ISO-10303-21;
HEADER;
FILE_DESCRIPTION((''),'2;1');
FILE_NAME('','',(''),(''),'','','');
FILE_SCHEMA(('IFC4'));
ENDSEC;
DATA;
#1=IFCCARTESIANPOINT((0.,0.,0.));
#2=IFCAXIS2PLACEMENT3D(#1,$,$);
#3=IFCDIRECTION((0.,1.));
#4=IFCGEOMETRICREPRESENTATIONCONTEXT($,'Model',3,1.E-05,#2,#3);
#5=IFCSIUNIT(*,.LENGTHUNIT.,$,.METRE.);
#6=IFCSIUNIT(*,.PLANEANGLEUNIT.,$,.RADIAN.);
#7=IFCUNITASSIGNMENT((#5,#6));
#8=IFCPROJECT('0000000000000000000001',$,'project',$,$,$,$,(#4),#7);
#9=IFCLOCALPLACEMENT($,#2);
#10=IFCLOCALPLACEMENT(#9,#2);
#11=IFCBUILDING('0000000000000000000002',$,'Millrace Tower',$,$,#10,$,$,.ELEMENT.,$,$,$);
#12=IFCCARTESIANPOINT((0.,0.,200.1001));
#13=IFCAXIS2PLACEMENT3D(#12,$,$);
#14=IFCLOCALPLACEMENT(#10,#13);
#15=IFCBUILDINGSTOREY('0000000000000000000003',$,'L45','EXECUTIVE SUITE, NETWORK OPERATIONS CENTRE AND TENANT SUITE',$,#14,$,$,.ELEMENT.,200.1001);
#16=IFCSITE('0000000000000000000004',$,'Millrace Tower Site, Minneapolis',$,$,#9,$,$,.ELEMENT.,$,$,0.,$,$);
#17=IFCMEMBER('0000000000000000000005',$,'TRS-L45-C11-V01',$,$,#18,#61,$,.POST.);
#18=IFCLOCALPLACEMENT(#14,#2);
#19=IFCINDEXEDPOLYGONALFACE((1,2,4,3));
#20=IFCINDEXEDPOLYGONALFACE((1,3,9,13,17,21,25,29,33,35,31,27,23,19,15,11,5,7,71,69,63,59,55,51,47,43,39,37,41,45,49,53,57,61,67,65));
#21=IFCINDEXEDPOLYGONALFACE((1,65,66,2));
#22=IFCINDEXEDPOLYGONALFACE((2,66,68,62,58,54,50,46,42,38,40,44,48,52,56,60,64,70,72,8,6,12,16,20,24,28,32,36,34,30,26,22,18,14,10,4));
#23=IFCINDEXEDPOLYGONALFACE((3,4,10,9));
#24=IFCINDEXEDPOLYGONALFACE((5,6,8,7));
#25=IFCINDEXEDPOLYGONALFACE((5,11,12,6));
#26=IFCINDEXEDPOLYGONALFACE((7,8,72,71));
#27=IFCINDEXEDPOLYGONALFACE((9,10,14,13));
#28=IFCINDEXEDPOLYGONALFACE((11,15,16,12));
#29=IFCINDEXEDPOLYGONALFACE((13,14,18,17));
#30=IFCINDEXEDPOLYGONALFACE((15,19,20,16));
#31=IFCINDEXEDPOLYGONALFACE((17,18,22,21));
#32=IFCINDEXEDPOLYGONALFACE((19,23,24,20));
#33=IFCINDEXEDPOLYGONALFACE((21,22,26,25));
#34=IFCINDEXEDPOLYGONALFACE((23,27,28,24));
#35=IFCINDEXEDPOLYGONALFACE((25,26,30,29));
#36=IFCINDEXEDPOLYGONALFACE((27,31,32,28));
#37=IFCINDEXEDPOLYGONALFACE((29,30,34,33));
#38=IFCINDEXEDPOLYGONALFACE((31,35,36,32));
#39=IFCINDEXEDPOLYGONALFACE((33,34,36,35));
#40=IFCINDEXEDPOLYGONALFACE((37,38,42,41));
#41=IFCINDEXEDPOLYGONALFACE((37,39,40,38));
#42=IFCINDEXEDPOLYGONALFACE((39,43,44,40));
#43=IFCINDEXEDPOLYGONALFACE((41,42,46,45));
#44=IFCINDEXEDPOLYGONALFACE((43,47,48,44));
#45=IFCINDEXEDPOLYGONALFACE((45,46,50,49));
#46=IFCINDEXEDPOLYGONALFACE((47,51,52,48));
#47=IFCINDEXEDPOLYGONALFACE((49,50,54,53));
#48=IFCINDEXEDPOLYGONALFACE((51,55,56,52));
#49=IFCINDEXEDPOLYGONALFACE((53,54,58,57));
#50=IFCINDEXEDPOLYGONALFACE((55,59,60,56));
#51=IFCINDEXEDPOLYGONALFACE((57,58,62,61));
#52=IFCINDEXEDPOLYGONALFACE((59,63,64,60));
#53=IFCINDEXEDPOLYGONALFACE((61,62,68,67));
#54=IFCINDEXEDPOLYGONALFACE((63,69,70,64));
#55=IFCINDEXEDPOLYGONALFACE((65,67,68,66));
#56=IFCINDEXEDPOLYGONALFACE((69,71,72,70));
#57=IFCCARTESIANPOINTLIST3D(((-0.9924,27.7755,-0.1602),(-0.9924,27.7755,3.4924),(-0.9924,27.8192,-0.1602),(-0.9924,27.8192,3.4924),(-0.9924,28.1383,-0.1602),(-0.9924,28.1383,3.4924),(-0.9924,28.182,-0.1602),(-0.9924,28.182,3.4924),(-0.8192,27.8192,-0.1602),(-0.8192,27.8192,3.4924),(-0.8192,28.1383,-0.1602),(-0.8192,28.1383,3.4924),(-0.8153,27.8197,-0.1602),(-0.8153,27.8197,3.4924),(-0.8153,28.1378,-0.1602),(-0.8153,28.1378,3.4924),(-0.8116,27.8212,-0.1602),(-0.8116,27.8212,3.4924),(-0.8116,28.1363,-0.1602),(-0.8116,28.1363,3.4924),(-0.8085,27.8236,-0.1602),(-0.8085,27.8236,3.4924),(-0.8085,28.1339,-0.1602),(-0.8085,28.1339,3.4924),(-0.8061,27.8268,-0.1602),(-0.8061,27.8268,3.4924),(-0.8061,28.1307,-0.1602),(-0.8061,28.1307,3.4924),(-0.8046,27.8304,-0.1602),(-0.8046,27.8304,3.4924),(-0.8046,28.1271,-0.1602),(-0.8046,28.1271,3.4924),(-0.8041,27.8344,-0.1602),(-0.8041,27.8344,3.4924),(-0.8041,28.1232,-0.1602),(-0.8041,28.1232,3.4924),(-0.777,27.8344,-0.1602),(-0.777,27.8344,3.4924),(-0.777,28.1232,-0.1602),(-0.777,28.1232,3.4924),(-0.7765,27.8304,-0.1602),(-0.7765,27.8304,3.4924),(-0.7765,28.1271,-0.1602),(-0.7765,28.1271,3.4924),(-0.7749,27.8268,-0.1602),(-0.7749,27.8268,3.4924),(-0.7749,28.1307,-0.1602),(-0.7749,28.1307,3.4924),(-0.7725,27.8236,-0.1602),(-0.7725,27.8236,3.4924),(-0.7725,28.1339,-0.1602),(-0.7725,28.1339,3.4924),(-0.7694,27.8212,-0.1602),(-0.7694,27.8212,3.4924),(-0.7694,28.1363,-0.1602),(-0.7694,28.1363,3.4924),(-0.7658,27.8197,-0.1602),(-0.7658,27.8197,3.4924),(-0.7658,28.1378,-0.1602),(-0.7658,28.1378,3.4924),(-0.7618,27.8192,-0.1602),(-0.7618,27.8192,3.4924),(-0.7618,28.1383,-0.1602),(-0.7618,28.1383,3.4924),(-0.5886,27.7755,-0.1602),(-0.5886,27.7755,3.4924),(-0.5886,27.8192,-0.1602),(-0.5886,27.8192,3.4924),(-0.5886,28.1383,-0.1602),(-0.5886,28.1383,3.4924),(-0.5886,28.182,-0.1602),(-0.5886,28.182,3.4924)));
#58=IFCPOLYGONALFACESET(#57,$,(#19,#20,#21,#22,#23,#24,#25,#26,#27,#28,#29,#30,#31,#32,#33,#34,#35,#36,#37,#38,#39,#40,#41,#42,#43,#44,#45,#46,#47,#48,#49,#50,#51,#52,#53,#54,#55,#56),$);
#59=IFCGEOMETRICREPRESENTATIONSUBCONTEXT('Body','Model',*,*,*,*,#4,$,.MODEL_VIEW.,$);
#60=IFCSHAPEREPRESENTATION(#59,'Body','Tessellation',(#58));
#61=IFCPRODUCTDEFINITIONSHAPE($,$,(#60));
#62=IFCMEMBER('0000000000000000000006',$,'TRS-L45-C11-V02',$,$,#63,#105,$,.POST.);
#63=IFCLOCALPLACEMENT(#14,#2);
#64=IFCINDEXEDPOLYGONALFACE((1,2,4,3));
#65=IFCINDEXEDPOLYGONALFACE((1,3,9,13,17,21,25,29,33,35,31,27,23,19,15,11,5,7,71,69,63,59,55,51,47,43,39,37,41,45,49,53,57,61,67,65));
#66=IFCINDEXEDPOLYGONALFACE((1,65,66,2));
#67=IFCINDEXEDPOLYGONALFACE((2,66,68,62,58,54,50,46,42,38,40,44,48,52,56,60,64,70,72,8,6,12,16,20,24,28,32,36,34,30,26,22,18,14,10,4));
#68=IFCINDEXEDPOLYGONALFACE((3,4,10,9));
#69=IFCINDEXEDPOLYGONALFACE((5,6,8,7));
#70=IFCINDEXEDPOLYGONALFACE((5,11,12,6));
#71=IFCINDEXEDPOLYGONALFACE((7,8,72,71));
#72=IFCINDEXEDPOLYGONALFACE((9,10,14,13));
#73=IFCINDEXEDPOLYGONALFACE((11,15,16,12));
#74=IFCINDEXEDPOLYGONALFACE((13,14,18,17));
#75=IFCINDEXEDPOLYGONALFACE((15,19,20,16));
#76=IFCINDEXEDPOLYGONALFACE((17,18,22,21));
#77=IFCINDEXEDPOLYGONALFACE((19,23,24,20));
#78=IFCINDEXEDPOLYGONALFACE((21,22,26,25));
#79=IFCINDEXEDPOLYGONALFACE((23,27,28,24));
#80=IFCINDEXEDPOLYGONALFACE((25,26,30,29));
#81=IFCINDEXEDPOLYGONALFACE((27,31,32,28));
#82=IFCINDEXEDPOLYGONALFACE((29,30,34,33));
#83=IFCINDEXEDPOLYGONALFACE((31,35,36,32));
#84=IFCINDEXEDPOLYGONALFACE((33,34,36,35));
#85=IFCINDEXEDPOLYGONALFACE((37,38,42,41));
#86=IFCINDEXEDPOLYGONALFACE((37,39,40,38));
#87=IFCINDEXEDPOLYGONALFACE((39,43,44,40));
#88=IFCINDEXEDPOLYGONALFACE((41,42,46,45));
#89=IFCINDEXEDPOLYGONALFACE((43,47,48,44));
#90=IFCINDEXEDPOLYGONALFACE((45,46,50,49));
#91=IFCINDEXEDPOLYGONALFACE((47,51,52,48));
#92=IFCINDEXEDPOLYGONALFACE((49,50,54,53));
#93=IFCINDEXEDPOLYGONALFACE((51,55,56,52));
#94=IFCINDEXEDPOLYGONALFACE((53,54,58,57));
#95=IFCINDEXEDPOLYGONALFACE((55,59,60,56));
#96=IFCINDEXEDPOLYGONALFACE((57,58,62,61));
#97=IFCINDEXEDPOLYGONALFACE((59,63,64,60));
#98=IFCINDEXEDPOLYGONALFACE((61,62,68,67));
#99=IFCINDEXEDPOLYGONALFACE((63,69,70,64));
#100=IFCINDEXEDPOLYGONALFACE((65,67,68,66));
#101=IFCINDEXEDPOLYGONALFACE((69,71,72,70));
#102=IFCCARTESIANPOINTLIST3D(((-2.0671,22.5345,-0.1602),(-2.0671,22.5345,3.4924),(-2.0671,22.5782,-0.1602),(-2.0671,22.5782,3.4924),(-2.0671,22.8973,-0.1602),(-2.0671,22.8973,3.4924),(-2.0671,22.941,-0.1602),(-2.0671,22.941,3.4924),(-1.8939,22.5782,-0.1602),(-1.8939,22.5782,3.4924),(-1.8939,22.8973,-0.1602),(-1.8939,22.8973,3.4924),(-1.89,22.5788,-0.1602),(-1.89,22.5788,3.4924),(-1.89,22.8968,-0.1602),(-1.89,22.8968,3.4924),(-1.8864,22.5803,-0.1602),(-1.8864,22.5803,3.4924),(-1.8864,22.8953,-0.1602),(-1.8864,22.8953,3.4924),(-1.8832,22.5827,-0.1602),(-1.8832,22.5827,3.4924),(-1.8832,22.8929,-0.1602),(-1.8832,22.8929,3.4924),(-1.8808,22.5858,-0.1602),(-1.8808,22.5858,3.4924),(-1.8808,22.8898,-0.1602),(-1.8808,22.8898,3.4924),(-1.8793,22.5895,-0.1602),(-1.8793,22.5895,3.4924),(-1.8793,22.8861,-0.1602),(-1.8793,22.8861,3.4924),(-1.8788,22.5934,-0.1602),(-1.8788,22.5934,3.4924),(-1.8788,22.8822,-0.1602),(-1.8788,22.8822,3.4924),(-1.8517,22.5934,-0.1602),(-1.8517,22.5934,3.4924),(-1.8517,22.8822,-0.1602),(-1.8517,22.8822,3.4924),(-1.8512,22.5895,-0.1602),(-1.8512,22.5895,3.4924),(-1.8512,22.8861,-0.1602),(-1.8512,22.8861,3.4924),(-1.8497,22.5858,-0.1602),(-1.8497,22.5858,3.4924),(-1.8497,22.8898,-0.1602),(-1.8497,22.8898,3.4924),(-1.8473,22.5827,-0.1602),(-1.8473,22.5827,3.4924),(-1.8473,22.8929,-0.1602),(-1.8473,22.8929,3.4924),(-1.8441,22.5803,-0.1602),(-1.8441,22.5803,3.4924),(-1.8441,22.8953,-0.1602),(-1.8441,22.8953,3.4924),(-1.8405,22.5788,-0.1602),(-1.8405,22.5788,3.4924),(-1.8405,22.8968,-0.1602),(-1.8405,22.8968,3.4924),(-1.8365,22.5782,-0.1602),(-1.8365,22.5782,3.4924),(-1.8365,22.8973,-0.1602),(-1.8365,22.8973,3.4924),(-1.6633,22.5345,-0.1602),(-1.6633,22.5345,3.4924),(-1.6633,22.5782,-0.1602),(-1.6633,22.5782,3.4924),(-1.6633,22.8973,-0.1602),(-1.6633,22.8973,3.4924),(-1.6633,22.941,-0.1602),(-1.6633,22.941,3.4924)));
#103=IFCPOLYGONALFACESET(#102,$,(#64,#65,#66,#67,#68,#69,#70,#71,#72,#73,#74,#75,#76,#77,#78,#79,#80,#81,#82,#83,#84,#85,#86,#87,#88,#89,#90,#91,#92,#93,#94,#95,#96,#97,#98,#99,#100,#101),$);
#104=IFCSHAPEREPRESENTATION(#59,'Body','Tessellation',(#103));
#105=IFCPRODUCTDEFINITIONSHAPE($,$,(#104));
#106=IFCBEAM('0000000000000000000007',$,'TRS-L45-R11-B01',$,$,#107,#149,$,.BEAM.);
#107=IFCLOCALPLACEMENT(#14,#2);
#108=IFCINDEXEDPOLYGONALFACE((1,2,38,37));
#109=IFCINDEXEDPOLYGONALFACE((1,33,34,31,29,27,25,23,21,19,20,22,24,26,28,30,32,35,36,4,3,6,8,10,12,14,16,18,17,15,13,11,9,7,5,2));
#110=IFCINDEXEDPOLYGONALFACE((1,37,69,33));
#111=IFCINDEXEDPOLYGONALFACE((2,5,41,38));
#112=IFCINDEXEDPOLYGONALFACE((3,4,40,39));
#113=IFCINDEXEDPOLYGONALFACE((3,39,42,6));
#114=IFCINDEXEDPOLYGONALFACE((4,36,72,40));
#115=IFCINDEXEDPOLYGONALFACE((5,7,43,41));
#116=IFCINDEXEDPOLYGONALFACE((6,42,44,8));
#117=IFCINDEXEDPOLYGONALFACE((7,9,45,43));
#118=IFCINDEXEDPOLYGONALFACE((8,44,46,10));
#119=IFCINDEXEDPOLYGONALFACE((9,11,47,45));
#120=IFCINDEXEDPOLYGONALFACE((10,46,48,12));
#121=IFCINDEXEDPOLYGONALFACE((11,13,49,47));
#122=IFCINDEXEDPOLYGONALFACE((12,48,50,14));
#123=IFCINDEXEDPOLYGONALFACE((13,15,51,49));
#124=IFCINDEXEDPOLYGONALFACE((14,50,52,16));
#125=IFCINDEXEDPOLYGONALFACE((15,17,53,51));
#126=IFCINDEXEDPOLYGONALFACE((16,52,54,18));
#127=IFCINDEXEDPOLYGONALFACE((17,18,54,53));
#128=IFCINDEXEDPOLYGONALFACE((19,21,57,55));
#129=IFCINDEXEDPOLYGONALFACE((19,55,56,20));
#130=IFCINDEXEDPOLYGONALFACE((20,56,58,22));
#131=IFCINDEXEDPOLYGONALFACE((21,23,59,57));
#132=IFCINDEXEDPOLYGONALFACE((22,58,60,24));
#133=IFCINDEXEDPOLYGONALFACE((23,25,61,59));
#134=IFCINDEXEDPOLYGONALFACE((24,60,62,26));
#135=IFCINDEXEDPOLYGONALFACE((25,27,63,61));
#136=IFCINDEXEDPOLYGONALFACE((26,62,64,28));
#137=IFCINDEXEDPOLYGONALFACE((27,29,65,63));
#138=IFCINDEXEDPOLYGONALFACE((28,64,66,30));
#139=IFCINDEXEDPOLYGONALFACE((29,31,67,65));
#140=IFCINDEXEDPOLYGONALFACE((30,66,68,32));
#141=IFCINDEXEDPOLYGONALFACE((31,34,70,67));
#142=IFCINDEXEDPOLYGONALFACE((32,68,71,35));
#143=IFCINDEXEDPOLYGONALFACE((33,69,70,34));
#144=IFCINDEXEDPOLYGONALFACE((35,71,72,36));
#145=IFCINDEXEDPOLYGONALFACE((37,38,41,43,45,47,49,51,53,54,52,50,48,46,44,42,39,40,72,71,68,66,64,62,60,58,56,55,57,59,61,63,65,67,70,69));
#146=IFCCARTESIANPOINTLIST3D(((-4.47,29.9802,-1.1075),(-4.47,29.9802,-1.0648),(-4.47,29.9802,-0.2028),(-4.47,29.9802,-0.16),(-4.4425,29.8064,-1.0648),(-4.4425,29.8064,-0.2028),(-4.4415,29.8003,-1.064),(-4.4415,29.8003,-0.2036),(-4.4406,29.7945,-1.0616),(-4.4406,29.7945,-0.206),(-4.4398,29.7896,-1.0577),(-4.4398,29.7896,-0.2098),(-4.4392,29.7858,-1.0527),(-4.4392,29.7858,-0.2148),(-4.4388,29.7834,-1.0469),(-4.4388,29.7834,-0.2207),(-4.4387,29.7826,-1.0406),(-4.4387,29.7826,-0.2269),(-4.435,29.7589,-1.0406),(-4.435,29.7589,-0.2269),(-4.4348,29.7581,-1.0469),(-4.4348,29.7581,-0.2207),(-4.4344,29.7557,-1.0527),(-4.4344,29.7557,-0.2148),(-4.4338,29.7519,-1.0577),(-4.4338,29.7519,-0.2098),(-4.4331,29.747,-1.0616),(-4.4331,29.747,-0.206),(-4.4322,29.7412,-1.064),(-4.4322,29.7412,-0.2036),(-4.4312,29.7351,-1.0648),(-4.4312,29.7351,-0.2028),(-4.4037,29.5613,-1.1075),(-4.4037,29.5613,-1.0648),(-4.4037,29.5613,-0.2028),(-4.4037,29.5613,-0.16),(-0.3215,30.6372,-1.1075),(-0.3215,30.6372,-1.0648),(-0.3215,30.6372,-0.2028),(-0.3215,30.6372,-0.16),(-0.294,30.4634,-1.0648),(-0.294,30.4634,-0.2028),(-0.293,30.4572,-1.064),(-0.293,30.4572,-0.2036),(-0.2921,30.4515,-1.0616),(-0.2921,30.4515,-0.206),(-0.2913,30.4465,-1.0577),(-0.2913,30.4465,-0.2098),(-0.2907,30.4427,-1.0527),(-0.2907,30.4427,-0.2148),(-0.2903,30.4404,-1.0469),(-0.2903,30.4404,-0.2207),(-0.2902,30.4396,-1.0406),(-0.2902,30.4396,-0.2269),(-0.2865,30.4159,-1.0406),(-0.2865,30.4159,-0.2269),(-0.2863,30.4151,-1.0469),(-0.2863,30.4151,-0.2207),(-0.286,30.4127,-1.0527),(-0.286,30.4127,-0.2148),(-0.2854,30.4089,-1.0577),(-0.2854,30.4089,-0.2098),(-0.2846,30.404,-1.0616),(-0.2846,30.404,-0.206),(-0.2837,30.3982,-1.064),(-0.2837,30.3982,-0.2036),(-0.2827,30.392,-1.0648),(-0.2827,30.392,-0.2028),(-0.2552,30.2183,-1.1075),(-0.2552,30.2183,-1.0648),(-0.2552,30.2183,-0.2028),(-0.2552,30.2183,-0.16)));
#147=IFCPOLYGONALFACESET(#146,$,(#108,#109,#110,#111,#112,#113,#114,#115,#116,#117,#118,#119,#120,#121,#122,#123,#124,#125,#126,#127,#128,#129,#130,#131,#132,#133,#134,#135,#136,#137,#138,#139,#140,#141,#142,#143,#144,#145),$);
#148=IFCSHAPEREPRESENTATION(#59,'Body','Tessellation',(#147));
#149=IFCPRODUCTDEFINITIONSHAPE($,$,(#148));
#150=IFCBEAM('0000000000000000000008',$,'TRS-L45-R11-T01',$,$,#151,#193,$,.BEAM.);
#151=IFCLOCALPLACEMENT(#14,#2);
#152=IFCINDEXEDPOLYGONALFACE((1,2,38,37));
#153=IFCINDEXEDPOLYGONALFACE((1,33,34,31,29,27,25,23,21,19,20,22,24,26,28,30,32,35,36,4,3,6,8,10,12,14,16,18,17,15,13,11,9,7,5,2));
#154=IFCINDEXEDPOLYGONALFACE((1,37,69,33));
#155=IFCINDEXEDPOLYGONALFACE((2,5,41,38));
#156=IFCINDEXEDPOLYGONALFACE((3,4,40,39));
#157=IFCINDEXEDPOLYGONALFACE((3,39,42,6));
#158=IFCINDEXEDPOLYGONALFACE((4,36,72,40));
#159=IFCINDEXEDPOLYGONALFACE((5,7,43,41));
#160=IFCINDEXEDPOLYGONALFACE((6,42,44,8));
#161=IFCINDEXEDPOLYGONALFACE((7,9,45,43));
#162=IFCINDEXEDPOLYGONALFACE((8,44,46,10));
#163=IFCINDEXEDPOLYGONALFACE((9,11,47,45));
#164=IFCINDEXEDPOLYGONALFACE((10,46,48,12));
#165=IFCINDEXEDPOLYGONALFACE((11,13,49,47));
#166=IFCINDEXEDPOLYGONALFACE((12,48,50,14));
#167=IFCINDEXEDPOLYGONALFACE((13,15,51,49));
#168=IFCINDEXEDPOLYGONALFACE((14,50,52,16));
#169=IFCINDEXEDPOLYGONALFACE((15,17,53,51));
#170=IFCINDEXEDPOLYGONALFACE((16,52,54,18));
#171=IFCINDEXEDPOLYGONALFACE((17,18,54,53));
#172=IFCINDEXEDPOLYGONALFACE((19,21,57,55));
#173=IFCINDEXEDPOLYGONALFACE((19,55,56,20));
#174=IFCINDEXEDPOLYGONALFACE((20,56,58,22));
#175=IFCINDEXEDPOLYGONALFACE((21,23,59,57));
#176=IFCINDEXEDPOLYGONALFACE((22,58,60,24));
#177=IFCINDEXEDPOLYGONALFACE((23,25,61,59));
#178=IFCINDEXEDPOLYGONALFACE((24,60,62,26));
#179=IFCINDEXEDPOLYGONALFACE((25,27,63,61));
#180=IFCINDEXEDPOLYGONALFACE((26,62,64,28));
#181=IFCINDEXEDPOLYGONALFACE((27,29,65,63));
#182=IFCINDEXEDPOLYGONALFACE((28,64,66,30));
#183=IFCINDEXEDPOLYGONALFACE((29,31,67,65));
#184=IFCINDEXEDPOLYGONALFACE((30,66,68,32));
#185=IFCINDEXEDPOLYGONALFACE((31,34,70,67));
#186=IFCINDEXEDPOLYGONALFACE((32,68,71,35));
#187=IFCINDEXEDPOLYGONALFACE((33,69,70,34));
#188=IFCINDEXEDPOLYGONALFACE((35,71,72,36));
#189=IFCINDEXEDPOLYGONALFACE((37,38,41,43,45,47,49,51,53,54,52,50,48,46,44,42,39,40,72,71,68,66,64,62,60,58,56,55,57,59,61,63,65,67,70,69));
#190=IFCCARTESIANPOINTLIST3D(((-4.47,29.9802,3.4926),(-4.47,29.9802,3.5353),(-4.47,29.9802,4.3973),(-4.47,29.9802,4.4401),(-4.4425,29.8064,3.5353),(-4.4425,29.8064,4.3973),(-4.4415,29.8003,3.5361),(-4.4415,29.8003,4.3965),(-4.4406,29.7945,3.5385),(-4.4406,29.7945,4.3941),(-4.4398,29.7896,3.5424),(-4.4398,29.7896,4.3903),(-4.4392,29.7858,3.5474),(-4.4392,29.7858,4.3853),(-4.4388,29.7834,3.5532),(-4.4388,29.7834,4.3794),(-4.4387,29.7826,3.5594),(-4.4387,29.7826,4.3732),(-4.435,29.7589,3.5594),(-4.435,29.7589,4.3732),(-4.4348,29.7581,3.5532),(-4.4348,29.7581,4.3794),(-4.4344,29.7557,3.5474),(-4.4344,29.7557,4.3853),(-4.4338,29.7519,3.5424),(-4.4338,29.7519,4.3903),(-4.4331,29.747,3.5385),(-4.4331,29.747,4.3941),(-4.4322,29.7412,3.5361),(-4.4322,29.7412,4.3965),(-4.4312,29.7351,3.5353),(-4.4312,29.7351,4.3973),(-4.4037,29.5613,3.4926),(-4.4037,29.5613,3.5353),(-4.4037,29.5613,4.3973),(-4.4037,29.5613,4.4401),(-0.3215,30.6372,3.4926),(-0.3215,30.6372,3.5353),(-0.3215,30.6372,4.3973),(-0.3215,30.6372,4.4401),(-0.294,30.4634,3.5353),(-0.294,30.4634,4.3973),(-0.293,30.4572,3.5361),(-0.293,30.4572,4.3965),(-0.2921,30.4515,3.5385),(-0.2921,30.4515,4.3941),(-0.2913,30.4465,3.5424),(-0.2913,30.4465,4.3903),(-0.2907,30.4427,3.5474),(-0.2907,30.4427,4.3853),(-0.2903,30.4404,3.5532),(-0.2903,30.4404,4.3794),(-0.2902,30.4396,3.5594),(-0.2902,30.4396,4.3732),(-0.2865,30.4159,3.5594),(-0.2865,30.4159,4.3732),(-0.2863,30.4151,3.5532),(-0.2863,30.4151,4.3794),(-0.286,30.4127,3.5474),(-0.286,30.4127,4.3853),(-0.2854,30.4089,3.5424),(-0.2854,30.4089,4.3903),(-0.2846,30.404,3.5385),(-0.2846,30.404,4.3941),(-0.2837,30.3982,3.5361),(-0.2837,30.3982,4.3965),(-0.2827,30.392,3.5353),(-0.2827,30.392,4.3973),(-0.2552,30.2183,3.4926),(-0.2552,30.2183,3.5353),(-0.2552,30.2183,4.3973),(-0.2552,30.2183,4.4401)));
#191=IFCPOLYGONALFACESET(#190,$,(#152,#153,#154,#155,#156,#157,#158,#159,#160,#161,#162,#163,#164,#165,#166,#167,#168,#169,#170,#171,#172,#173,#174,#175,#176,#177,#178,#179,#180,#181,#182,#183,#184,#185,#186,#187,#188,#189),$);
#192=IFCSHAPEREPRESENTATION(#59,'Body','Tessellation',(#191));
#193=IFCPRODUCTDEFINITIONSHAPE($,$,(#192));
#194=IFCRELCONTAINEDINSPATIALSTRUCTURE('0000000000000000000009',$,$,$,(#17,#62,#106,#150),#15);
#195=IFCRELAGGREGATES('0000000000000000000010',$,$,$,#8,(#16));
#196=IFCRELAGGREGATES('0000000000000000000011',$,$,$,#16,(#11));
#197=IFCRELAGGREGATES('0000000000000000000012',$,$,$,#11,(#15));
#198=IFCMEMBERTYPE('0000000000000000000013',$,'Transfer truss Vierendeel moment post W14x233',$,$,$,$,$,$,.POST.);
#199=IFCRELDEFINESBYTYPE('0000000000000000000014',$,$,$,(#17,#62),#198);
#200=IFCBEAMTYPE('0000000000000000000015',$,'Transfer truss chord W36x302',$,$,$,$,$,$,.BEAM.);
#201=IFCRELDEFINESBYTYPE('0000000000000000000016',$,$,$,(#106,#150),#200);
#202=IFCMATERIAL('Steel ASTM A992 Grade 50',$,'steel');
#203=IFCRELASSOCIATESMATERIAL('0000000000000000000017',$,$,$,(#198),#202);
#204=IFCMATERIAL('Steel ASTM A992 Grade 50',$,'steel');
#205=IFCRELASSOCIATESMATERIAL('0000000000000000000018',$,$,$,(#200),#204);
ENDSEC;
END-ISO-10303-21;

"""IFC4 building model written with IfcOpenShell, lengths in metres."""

from ifc_helpers import new_model, si_unit, direction, frame, origin, origin_2d, place, context, subcontext, project, spatial, i_section, extrude, material, material_profile, profile_set, type_object, element, save


model = new_model("IFC4")

# Units and contexts
model_context = context("Model", 3, precision=1e-05, world=origin(), true_north=direction((0.0, 1.0)))
body_context = subcontext(model_context, "Body", "Model", "MODEL_VIEW")
ifc_project = project(units=[si_unit("LENGTHUNIT", "METRE"), si_unit("PLANEANGLEUNIT", "RADIAN")], contexts=[model_context])

# Site, building, storey
site_placement = place(None, origin())
site = spatial("IfcSite", under=ifc_project, at=site_placement, Name="Millrace Tower Site, Minneapolis", CompositionType="ELEMENT", RefElevation=0.0)
building_placement = place(site_placement, origin())
building = spatial("IfcBuilding", under=site, at=building_placement, Name="Millrace Tower", CompositionType="ELEMENT")
storey_placement = place(building_placement, frame((0.0, 0.0, 200.1001)))
storey = spatial("IfcBuildingStorey", under=building, at=storey_placement, Name="L45", Description="EXECUTIVE SUITE, NETWORK OPERATIONS CENTRE AND TENANT SUITE", CompositionType="ELEMENT", Elevation=200.1001)

# Members
ifc_material_1 = material(Name="Steel ASTM A992 Grade 50", Category="steel")
ifc_material_profile_1 = material_profile(ifc_material_1, i_section(OverallWidth=0.4038, OverallDepth=0.4065, WebThickness=0.0271, FlangeThickness=0.0437, FilletRadius=0.0151, at=origin_2d()))
ifc_profile_set_1 = profile_set([ifc_material_profile_1], Name="Steel ASTM A992 Grade 50")
member_type_1 = type_object("IfcMemberType", Name="Transfer truss Vierendeel moment post W14x233", PredefinedType="POST", material=ifc_profile_set_1)
for number, where, z_axis, x_axis, name in (
    (1, (-0.7905, 27.9788, -0.1602), (0.0, 0.0, 1.0), (1.0, 0.0, 0.0), "TRS-L45-C11-V01"),
    (2, (-1.8652, 22.7378, -0.1602), (0.0, 0.0, 1.0), (1.0, 0.0, 0.0), "TRS-L45-C11-V02"),
):
    element("IfcMember", number, at=place(storey_placement, frame(where, z_axis=z_axis, x_axis=x_axis)), inside=storey, type_object=member_type_1, Name=name, PredefinedType="POST", context=body_context, shape_type="SweptSolid", body=[
        extrude(i_section(OverallWidth=0.4038, OverallDepth=0.4065, WebThickness=0.0271, FlangeThickness=0.0437, FilletRadius=0.0151, at=origin_2d()), origin(), (0.0, 0.0, 1.0), 3.6526),
    ])

# Beams
ifc_material_2 = material(Name="Steel ASTM A992 Grade 50", Category="steel")
ifc_material_profile_2 = material_profile(ifc_material_2, i_section(OverallWidth=0.4241, OverallDepth=0.9475, WebThickness=0.0239, FlangeThickness=0.0427, FilletRadius=0.0242, at=origin_2d()))
ifc_profile_set_2 = profile_set([ifc_material_profile_2], Name="Steel ASTM A992 Grade 50")
beam_type_1 = type_object("IfcBeamType", Name="Transfer truss chord W36x302", PredefinedType="BEAM", material=ifc_profile_set_2)
for number, where, z_axis, x_axis, name in (
    (3, (-0.2883, 30.4277, -0.6338), (-0.987691, -0.156419, 0.0), (0.156419, -0.987691, 0.0), "TRS-L45-R11-B01"),
    (4, (-0.2883, 30.4277, 3.9663), (-0.987691, -0.156419, 0.0), (0.156419, -0.987691, 0.0), "TRS-L45-R11-T01"),
):
    element("IfcBeam", number, at=place(storey_placement, frame(where, z_axis=z_axis, x_axis=x_axis)), inside=storey, type_object=beam_type_1, Name=name, PredefinedType="BEAM", context=body_context, shape_type="SweptSolid", body=[
        extrude(i_section(OverallWidth=0.4241, OverallDepth=0.9475, WebThickness=0.0239, FlangeThickness=0.0427, FilletRadius=0.0242, at=origin_2d()), origin(), (0.0, 0.0, 1.0), 4.2002),
    ])

save(model, "model.ifc")
